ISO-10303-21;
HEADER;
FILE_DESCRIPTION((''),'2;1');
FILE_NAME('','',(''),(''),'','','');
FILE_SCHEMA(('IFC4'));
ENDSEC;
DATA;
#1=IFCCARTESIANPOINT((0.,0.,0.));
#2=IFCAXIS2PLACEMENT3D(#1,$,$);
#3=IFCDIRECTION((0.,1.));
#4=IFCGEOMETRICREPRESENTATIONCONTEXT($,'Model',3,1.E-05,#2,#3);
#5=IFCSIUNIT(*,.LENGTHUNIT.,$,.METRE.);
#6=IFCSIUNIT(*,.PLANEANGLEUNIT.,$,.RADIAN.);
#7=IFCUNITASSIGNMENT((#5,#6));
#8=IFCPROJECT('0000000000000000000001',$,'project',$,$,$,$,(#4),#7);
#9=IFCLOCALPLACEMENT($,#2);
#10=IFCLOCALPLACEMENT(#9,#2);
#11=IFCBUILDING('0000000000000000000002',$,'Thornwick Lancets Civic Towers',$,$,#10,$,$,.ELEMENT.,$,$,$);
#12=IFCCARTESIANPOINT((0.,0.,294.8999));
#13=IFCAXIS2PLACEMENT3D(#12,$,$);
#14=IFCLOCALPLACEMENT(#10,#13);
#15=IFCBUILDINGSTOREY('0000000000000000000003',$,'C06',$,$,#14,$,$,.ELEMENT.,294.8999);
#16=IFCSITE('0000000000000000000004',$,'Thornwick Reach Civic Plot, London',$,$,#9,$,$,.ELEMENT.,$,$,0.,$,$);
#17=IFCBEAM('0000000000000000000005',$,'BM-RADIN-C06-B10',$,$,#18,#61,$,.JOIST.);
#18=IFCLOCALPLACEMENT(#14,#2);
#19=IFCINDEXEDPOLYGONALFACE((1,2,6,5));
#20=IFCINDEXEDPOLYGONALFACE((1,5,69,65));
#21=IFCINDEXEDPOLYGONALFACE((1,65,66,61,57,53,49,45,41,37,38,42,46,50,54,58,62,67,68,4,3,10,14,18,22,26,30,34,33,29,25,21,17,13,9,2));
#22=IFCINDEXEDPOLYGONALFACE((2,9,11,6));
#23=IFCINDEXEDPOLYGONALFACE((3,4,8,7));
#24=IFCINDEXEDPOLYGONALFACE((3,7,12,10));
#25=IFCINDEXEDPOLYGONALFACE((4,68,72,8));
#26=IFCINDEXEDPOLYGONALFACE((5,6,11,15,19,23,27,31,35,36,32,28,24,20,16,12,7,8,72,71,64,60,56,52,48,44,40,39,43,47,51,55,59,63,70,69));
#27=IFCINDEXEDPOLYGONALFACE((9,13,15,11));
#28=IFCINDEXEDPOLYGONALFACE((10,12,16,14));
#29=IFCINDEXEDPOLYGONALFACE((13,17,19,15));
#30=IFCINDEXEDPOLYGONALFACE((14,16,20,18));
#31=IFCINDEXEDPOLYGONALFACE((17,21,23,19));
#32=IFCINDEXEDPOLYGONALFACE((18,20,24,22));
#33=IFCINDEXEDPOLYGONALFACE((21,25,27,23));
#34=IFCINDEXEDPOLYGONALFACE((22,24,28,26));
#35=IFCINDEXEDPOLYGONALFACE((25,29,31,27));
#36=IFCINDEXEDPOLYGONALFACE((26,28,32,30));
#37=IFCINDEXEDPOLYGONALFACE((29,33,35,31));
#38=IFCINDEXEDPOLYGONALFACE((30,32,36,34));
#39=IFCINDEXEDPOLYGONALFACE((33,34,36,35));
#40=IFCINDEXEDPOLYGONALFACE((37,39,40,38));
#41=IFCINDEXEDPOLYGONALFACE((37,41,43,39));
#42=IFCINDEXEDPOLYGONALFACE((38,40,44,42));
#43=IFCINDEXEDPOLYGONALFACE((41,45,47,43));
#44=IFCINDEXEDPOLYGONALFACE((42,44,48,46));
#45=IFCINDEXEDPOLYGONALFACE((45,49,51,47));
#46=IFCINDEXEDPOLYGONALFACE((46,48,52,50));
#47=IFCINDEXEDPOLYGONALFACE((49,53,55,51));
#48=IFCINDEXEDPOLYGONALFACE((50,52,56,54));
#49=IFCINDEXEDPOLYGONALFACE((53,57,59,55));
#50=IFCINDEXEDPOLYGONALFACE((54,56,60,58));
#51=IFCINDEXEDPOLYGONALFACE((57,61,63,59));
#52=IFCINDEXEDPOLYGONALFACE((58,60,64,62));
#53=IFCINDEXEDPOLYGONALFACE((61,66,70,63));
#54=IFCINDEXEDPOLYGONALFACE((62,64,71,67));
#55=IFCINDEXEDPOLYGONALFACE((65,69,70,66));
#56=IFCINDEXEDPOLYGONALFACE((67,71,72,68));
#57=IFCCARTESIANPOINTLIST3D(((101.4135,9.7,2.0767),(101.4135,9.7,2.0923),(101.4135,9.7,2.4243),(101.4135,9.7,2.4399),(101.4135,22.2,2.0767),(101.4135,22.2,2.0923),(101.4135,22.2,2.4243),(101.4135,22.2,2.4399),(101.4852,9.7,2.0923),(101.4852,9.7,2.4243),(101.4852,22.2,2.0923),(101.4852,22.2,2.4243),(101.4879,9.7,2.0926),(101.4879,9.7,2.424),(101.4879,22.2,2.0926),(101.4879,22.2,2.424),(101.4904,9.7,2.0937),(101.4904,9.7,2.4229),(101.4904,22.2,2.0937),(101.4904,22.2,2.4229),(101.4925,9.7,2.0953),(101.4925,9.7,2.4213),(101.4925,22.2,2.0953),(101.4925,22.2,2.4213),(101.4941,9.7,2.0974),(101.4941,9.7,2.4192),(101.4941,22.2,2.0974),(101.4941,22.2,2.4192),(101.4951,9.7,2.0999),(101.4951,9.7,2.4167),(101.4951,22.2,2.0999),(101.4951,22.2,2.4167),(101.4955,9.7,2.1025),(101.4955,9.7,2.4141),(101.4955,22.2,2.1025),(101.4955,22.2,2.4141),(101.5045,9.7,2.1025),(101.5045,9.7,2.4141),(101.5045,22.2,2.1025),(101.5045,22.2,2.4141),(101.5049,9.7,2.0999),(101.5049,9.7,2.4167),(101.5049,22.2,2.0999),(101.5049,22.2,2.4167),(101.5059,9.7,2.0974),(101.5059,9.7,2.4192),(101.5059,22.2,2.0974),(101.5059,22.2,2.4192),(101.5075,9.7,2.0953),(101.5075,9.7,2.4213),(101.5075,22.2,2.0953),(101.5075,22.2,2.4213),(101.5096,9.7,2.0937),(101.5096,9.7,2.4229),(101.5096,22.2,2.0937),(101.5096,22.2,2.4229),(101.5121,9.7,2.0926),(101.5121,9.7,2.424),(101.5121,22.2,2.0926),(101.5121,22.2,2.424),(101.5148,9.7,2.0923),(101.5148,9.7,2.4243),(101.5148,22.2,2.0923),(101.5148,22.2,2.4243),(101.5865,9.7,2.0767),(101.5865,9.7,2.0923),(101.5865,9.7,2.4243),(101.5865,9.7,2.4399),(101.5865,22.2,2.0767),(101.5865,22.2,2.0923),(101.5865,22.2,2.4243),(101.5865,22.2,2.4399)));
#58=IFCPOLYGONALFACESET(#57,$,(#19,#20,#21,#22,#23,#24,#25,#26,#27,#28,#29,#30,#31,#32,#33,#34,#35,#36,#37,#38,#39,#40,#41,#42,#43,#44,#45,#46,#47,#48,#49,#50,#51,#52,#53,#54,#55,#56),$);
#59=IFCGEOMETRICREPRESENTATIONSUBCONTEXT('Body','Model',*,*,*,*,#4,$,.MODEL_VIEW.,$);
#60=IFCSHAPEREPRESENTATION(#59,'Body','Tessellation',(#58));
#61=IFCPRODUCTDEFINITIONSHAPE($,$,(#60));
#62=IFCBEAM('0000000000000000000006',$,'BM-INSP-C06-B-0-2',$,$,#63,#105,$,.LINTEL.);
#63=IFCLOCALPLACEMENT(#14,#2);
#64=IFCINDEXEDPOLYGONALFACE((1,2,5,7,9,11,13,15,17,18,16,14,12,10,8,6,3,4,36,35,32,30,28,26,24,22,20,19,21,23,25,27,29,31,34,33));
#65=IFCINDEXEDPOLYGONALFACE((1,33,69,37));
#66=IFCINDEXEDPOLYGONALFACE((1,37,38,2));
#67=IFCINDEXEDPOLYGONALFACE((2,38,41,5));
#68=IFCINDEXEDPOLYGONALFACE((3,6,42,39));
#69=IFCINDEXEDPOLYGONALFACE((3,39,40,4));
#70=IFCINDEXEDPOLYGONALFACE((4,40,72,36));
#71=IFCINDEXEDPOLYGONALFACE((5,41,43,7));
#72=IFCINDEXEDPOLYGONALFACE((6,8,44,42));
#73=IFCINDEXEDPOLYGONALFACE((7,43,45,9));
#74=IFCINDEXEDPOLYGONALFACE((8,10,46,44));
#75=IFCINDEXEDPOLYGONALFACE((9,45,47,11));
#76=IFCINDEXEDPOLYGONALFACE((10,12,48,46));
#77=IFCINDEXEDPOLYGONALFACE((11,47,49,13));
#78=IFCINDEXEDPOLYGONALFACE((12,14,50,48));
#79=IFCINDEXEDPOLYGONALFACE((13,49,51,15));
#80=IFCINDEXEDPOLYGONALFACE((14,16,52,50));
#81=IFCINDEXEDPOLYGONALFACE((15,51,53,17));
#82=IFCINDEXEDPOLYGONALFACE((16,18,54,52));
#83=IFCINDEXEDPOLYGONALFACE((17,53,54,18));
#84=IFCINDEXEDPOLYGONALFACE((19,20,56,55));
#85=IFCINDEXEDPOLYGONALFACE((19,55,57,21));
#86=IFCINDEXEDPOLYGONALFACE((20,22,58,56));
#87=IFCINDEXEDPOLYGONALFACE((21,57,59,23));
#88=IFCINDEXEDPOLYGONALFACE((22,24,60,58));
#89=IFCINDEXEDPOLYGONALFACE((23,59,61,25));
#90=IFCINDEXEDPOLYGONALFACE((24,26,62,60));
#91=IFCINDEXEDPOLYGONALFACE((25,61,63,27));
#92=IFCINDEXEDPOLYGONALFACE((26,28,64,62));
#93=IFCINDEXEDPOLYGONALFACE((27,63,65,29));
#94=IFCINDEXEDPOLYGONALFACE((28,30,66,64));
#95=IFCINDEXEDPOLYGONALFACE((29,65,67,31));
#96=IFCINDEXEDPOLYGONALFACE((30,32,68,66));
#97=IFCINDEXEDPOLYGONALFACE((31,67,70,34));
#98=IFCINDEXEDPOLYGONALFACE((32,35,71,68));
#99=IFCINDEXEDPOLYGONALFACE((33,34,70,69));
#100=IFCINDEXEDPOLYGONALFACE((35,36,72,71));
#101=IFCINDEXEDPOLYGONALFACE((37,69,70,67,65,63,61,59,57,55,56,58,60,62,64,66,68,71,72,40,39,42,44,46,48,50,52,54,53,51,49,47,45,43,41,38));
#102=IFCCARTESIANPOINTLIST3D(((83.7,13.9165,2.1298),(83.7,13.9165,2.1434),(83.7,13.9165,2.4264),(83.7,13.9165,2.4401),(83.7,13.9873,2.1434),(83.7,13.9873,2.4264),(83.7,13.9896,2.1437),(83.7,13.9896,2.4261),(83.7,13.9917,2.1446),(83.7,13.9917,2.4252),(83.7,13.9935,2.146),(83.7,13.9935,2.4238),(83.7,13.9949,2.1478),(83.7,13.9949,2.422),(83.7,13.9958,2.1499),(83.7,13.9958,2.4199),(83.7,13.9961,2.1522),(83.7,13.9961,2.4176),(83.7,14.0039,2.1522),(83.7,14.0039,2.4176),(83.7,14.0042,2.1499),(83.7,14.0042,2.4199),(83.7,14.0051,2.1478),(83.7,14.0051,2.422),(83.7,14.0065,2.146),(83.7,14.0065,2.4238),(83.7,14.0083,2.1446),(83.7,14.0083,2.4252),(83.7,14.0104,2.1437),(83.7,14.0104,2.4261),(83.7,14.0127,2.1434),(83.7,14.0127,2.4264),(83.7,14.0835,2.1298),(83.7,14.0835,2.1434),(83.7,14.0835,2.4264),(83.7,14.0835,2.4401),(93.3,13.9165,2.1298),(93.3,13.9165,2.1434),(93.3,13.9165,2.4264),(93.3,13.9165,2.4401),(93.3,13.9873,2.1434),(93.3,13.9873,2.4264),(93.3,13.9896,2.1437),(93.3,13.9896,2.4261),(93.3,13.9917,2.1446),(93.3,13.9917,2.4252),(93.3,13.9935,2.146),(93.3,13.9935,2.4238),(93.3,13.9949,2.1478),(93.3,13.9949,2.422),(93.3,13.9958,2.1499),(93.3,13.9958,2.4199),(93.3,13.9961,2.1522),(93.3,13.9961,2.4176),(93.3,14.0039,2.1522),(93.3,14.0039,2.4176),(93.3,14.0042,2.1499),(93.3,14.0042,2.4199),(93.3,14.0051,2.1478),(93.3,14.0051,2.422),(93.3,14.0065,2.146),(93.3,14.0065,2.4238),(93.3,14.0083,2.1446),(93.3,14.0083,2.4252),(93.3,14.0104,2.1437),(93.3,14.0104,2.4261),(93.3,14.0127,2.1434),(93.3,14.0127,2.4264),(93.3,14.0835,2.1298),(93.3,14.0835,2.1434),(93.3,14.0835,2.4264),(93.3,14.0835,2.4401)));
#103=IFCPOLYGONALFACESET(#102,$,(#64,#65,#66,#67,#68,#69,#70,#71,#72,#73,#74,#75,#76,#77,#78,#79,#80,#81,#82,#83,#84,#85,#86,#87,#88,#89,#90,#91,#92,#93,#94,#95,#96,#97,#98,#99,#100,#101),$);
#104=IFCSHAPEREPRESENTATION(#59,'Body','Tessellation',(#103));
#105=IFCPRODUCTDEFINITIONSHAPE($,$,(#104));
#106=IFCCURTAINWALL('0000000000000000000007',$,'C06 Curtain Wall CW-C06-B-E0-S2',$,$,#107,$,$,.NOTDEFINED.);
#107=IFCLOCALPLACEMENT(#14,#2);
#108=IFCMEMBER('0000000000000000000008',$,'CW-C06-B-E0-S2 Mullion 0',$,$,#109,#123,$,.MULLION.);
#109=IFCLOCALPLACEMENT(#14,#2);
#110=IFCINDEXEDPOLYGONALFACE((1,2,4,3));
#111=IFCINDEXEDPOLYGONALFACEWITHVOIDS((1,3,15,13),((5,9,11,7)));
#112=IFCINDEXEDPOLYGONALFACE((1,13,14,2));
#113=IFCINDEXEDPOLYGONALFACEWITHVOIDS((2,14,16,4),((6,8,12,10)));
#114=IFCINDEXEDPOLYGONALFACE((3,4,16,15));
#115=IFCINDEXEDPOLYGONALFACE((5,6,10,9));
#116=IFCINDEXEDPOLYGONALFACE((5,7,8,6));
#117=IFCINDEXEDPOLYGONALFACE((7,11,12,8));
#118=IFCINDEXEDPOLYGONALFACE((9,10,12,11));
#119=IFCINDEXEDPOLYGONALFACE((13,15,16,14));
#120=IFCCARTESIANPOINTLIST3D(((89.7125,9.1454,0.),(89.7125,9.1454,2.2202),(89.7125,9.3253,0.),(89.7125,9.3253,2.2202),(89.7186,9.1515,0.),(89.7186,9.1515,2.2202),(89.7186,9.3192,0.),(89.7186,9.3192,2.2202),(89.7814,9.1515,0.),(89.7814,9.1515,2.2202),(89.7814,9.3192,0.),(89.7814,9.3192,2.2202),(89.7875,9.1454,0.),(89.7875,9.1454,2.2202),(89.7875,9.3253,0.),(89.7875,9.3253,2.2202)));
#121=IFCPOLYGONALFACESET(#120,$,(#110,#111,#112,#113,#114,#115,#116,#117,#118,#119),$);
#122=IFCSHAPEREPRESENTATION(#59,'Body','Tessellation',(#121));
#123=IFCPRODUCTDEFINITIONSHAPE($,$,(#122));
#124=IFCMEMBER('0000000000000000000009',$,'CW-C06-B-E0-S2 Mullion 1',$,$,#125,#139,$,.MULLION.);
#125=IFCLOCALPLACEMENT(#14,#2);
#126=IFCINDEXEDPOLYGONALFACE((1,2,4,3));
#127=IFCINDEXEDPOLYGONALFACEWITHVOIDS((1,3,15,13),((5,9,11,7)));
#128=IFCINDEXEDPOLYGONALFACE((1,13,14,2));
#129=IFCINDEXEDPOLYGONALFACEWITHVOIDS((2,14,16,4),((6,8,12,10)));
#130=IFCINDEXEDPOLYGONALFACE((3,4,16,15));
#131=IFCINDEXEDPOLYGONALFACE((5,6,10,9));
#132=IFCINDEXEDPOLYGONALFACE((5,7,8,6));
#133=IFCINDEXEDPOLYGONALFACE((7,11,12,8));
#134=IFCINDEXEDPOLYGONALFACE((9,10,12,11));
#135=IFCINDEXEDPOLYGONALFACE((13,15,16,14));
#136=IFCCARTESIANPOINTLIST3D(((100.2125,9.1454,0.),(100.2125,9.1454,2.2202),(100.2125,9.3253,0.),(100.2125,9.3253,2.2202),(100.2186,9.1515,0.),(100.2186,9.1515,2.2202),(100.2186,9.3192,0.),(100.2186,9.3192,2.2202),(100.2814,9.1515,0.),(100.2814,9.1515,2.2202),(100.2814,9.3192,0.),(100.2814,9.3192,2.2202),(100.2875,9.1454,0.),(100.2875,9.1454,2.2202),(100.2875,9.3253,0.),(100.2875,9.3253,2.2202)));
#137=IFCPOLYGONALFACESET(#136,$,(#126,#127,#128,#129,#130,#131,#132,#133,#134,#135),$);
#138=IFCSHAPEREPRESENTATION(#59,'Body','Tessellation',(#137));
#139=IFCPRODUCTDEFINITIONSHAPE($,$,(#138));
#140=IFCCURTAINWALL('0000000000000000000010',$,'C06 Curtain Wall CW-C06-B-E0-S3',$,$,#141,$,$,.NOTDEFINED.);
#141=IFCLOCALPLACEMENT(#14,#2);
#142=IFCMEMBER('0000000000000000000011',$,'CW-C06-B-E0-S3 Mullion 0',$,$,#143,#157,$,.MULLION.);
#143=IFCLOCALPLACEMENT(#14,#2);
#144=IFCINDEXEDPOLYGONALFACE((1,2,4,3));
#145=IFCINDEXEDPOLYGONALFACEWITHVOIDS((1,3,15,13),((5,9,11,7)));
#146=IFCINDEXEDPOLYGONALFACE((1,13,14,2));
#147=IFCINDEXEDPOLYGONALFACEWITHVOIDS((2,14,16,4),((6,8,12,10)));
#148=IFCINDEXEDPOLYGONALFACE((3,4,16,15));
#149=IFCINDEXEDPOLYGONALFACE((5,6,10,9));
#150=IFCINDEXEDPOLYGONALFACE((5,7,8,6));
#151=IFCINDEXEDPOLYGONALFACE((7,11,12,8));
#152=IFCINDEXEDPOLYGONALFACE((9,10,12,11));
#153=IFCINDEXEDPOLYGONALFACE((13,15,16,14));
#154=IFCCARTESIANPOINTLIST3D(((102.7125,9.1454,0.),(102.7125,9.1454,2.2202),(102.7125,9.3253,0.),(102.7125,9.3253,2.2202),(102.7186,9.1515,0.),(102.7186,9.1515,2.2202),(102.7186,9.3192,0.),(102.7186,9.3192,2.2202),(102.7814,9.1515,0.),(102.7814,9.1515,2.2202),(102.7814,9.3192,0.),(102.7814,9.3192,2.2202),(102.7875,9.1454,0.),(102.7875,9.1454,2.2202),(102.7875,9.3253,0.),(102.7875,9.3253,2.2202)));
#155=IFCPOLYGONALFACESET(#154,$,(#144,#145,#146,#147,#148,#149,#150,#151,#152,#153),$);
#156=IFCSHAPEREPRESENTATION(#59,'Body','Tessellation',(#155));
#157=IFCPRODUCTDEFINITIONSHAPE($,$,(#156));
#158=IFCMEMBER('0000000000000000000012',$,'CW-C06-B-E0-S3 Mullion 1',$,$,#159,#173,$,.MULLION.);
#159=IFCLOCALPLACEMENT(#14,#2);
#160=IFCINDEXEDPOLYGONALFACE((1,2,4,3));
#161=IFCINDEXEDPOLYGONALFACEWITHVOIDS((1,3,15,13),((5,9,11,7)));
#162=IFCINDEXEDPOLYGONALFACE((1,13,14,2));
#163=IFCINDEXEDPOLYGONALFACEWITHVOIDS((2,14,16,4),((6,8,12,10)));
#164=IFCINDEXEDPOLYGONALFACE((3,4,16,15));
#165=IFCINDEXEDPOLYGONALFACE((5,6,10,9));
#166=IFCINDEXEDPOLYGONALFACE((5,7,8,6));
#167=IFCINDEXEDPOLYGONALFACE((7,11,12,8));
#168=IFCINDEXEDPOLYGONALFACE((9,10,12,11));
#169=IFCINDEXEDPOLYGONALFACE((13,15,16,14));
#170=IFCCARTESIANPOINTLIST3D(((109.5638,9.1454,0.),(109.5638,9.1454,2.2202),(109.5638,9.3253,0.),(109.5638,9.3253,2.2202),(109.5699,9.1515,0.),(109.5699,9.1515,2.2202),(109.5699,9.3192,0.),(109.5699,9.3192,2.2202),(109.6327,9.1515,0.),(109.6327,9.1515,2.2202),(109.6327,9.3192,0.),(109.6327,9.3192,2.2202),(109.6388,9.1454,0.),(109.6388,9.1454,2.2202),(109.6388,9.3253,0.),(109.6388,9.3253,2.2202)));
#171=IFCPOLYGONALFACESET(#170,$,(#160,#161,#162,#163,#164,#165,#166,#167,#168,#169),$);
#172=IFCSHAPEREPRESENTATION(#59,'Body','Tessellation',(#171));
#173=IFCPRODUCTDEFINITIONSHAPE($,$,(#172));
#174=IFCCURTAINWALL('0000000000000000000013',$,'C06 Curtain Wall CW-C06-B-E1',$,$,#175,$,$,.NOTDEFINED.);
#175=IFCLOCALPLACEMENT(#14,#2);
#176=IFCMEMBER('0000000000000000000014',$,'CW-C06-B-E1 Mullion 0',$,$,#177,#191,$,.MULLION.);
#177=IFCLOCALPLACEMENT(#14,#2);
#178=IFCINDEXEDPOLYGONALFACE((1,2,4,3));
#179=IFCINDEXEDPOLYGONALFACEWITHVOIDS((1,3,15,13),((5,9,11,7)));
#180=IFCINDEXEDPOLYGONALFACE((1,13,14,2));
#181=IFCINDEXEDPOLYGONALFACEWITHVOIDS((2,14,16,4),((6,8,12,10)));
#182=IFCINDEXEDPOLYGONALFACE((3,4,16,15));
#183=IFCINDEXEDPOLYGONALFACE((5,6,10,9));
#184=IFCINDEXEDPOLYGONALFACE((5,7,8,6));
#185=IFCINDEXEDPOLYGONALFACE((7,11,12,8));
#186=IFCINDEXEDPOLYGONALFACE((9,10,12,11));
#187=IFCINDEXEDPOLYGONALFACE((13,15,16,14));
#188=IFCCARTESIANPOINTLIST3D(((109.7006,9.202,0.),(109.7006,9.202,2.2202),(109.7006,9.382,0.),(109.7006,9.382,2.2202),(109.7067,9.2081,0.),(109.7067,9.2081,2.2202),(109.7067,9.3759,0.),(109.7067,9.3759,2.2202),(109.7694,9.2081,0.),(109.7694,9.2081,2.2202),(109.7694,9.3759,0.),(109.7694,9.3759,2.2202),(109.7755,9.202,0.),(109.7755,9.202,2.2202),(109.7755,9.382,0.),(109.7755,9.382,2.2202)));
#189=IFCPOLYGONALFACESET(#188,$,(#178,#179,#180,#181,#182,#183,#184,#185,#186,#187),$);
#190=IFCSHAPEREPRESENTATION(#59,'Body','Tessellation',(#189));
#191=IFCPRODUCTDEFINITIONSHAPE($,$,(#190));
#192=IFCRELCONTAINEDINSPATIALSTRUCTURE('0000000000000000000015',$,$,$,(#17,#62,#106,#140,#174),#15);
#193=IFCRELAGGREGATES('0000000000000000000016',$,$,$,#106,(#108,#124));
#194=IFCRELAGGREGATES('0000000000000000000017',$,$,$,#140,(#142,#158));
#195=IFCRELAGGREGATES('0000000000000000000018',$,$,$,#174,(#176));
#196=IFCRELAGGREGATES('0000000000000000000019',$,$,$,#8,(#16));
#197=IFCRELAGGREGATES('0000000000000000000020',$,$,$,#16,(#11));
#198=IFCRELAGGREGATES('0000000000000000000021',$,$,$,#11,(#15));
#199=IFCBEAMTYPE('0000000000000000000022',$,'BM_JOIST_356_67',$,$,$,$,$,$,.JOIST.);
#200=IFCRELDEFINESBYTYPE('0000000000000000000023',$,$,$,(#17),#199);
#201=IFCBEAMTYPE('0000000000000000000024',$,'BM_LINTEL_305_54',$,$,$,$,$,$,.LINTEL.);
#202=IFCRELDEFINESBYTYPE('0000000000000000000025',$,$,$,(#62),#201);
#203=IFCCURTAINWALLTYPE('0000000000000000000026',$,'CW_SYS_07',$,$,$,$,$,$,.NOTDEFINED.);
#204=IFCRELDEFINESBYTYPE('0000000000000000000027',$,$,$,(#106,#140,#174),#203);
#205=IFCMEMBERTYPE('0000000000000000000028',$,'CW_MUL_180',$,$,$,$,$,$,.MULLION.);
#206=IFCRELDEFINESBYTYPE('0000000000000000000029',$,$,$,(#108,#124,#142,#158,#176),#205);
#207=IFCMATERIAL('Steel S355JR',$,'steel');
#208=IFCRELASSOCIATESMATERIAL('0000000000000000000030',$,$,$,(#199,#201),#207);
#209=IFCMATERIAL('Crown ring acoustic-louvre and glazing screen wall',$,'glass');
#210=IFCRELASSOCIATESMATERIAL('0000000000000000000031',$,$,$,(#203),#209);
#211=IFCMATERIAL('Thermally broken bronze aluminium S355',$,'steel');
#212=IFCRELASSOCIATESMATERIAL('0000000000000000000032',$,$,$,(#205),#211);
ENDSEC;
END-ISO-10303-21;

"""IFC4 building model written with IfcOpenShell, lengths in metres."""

from ifc_helpers import new_model, si_unit, direction, frame, origin, origin_2d, place, context, subcontext, project, spatial, hollow_rectangle, i_section, extrude, material, material_profile, profile_set, type_object, element, aggregate, save


model = new_model("IFC4")

# Units and contexts
model_context = context("Model", 3, precision=1e-05, world=origin(), true_north=direction((0.0, 1.0)))
body_context = subcontext(model_context, "Body", "Model", "MODEL_VIEW")
ifc_project = project(units=[si_unit("LENGTHUNIT", "METRE"), si_unit("PLANEANGLEUNIT", "RADIAN")], contexts=[model_context])

# Site, building, storey
site_placement = place(None, origin())
site = spatial("IfcSite", under=ifc_project, at=site_placement, Name="Thornwick Reach Civic Plot, London", CompositionType="ELEMENT", RefElevation=0.0)
building_placement = place(site_placement, origin())
building = spatial("IfcBuilding", under=site, at=building_placement, Name="Thornwick Lancets Civic Towers", CompositionType="ELEMENT")
storey_placement = place(building_placement, frame((0.0, 0.0, 294.8999)))
storey = spatial("IfcBuildingStorey", under=building, at=storey_placement, Name="C06", CompositionType="ELEMENT", Elevation=294.8999)

# Shared definitions
ifc_material_1 = material(Name="Steel S355JR", Category="steel")

# Beams
ifc_material_profile_1 = material_profile(ifc_material_1, i_section(OverallWidth=0.1731, OverallDepth=0.3633, WebThickness=0.009, FlangeThickness=0.0156, FilletRadius=0.0103, at=origin_2d()), Name="UKB 356x171x67")
ifc_profile_set_1 = profile_set([ifc_material_profile_1], Name="Steel S355JR")
beam_type_1 = type_object("IfcBeamType", Name="BM_JOIST_356_67", PredefinedType="JOIST", material=ifc_profile_set_1)
beam_1_placement = place(storey_placement, frame((101.5, 22.2, 2.2583), z_axis=(0.0, -1.0, 0.0), x_axis=(1.0, 0.0, 0.0)))
element("IfcBeam", 1, at=beam_1_placement, inside=storey, type_object=beam_type_1, Name="BM-RADIN-C06-B10", PredefinedType="JOIST", context=body_context, shape_type="SweptSolid", body=[
    extrude(i_section(OverallWidth=0.1731, OverallDepth=0.3633, WebThickness=0.009, FlangeThickness=0.0156, FilletRadius=0.0103, at=origin_2d()), origin(), (0.0, 0.0, 1.0), 12.5),
])
ifc_material_profile_2 = material_profile(ifc_material_1, i_section(OverallWidth=0.167, OverallDepth=0.3103, WebThickness=0.0078, FlangeThickness=0.0137, FilletRadius=0.0088, at=origin_2d()), Name="UKB 305x165x54")
ifc_profile_set_2 = profile_set([ifc_material_profile_2], Name="Steel S355JR")
beam_type_2 = type_object("IfcBeamType", Name="BM_LINTEL_305_54", PredefinedType="LINTEL", material=ifc_profile_set_2)
beam_2_placement = place(storey_placement, frame((93.3, 14.0, 2.2849), z_axis=(-1.0, 0.0, 0.0), x_axis=(0.0, -1.0, 0.0)))
element("IfcBeam", 2, at=beam_2_placement, inside=storey, type_object=beam_type_2, Name="BM-INSP-C06-B-0-2", PredefinedType="LINTEL", context=body_context, shape_type="SweptSolid", body=[
    extrude(i_section(OverallWidth=0.167, OverallDepth=0.3103, WebThickness=0.0078, FlangeThickness=0.0137, FilletRadius=0.0088, at=origin_2d()), origin(), (0.0, 0.0, 1.0), 9.6001),
])

# Curtain walls, members
ifc_material_2 = material(Name="Crown ring acoustic-louvre and glazing screen wall", Category="glass")
curtain_wall_type = type_object("IfcCurtainWallType", Name="CW_SYS_07", PredefinedType="NOTDEFINED", material=ifc_material_2)
curtain_wall_1_placement = place(storey_placement, origin())
curtain_wall_1 = element("IfcCurtainWall", 3, at=curtain_wall_1_placement, inside=storey, type_object=curtain_wall_type, Name="C06 Curtain Wall CW-C06-B-E0-S2", PredefinedType="NOTDEFINED")
ifc_material_3 = material(Name="Thermally broken bronze aluminium S355", Category="steel")
ifc_material_profile_3 = material_profile(ifc_material_3, hollow_rectangle(XDim=0.075, YDim=0.1799, WallThickness=0.0061, at=origin_2d()), Name="RHS 180x75x6")
ifc_profile_set_3 = profile_set([ifc_material_profile_3], Name="Thermally broken bronze aluminium S355")
member_type_1 = type_object("IfcMemberType", Name="CW_MUL_180", PredefinedType="MULLION", material=ifc_profile_set_3)
member_1_placement = place(storey_placement, frame((89.75, 9.2354, 0.0), z_axis=(0.0, 0.0, 1.0), x_axis=(1.0, 0.0, 0.0)))
member_1 = element("IfcMember", 4, at=member_1_placement, type_object=member_type_1, Name="CW-C06-B-E0-S2 Mullion 0", PredefinedType="MULLION", context=body_context, shape_type="SweptSolid", body=[
    extrude(hollow_rectangle(XDim=0.075, YDim=0.1799, WallThickness=0.0061, at=origin_2d()), origin(), (0.0, 0.0, 1.0), 2.2202),
])
member_2_placement = place(storey_placement, frame((100.25, 9.2354, 0.0), z_axis=(0.0, 0.0, 1.0), x_axis=(1.0, 0.0, 0.0)))
member_2 = element("IfcMember", 5, at=member_2_placement, type_object=member_type_1, Name="CW-C06-B-E0-S2 Mullion 1", PredefinedType="MULLION", context=body_context, shape_type="SweptSolid", body=[
    extrude(hollow_rectangle(XDim=0.075, YDim=0.1799, WallThickness=0.0061, at=origin_2d()), origin(), (0.0, 0.0, 1.0), 2.2202),
])
curtain_wall_2_placement = place(storey_placement, origin())
curtain_wall_2 = element("IfcCurtainWall", 6, at=curtain_wall_2_placement, inside=storey, type_object=curtain_wall_type, Name="C06 Curtain Wall CW-C06-B-E0-S3", PredefinedType="NOTDEFINED")
member_3_placement = place(storey_placement, frame((102.75, 9.2354, 0.0), z_axis=(0.0, 0.0, 1.0), x_axis=(1.0, 0.0, 0.0)))
member_3 = element("IfcMember", 7, at=member_3_placement, type_object=member_type_1, Name="CW-C06-B-E0-S3 Mullion 0", PredefinedType="MULLION", context=body_context, shape_type="SweptSolid", body=[
    extrude(hollow_rectangle(XDim=0.075, YDim=0.1799, WallThickness=0.0061, at=origin_2d()), origin(), (0.0, 0.0, 1.0), 2.2202),
])
member_4_placement = place(storey_placement, frame((109.6013, 9.2354, 0.0), z_axis=(0.0, 0.0, 1.0), x_axis=(1.0, 0.0, 0.0)))
member_4 = element("IfcMember", 8, at=member_4_placement, type_object=member_type_1, Name="CW-C06-B-E0-S3 Mullion 1", PredefinedType="MULLION", context=body_context, shape_type="SweptSolid", body=[
    extrude(hollow_rectangle(XDim=0.075, YDim=0.1799, WallThickness=0.0061, at=origin_2d()), origin(), (0.0, 0.0, 1.0), 2.2202),
])
curtain_wall_3_placement = place(storey_placement, origin())
curtain_wall_3 = element("IfcCurtainWall", 9, at=curtain_wall_3_placement, inside=storey, type_object=curtain_wall_type, Name="C06 Curtain Wall CW-C06-B-E1", PredefinedType="NOTDEFINED")
member_5_placement = place(storey_placement, frame((109.738, 9.292, 0.0), z_axis=(0.0, 0.0, 1.0), x_axis=(1.0, 0.0, 0.0)))
member_5 = element("IfcMember", 10, at=member_5_placement, type_object=member_type_1, Name="CW-C06-B-E1 Mullion 0", PredefinedType="MULLION", context=body_context, shape_type="SweptSolid", body=[
    extrude(hollow_rectangle(XDim=0.075, YDim=0.1799, WallThickness=0.0061, at=origin_2d()), origin(), (0.0, 0.0, 1.0), 2.2202),
])

aggregate(curtain_wall_1, [member_1, member_2])
aggregate(curtain_wall_2, [member_3, member_4])
aggregate(curtain_wall_3, [member_5])

save(model, "model.ifc")
